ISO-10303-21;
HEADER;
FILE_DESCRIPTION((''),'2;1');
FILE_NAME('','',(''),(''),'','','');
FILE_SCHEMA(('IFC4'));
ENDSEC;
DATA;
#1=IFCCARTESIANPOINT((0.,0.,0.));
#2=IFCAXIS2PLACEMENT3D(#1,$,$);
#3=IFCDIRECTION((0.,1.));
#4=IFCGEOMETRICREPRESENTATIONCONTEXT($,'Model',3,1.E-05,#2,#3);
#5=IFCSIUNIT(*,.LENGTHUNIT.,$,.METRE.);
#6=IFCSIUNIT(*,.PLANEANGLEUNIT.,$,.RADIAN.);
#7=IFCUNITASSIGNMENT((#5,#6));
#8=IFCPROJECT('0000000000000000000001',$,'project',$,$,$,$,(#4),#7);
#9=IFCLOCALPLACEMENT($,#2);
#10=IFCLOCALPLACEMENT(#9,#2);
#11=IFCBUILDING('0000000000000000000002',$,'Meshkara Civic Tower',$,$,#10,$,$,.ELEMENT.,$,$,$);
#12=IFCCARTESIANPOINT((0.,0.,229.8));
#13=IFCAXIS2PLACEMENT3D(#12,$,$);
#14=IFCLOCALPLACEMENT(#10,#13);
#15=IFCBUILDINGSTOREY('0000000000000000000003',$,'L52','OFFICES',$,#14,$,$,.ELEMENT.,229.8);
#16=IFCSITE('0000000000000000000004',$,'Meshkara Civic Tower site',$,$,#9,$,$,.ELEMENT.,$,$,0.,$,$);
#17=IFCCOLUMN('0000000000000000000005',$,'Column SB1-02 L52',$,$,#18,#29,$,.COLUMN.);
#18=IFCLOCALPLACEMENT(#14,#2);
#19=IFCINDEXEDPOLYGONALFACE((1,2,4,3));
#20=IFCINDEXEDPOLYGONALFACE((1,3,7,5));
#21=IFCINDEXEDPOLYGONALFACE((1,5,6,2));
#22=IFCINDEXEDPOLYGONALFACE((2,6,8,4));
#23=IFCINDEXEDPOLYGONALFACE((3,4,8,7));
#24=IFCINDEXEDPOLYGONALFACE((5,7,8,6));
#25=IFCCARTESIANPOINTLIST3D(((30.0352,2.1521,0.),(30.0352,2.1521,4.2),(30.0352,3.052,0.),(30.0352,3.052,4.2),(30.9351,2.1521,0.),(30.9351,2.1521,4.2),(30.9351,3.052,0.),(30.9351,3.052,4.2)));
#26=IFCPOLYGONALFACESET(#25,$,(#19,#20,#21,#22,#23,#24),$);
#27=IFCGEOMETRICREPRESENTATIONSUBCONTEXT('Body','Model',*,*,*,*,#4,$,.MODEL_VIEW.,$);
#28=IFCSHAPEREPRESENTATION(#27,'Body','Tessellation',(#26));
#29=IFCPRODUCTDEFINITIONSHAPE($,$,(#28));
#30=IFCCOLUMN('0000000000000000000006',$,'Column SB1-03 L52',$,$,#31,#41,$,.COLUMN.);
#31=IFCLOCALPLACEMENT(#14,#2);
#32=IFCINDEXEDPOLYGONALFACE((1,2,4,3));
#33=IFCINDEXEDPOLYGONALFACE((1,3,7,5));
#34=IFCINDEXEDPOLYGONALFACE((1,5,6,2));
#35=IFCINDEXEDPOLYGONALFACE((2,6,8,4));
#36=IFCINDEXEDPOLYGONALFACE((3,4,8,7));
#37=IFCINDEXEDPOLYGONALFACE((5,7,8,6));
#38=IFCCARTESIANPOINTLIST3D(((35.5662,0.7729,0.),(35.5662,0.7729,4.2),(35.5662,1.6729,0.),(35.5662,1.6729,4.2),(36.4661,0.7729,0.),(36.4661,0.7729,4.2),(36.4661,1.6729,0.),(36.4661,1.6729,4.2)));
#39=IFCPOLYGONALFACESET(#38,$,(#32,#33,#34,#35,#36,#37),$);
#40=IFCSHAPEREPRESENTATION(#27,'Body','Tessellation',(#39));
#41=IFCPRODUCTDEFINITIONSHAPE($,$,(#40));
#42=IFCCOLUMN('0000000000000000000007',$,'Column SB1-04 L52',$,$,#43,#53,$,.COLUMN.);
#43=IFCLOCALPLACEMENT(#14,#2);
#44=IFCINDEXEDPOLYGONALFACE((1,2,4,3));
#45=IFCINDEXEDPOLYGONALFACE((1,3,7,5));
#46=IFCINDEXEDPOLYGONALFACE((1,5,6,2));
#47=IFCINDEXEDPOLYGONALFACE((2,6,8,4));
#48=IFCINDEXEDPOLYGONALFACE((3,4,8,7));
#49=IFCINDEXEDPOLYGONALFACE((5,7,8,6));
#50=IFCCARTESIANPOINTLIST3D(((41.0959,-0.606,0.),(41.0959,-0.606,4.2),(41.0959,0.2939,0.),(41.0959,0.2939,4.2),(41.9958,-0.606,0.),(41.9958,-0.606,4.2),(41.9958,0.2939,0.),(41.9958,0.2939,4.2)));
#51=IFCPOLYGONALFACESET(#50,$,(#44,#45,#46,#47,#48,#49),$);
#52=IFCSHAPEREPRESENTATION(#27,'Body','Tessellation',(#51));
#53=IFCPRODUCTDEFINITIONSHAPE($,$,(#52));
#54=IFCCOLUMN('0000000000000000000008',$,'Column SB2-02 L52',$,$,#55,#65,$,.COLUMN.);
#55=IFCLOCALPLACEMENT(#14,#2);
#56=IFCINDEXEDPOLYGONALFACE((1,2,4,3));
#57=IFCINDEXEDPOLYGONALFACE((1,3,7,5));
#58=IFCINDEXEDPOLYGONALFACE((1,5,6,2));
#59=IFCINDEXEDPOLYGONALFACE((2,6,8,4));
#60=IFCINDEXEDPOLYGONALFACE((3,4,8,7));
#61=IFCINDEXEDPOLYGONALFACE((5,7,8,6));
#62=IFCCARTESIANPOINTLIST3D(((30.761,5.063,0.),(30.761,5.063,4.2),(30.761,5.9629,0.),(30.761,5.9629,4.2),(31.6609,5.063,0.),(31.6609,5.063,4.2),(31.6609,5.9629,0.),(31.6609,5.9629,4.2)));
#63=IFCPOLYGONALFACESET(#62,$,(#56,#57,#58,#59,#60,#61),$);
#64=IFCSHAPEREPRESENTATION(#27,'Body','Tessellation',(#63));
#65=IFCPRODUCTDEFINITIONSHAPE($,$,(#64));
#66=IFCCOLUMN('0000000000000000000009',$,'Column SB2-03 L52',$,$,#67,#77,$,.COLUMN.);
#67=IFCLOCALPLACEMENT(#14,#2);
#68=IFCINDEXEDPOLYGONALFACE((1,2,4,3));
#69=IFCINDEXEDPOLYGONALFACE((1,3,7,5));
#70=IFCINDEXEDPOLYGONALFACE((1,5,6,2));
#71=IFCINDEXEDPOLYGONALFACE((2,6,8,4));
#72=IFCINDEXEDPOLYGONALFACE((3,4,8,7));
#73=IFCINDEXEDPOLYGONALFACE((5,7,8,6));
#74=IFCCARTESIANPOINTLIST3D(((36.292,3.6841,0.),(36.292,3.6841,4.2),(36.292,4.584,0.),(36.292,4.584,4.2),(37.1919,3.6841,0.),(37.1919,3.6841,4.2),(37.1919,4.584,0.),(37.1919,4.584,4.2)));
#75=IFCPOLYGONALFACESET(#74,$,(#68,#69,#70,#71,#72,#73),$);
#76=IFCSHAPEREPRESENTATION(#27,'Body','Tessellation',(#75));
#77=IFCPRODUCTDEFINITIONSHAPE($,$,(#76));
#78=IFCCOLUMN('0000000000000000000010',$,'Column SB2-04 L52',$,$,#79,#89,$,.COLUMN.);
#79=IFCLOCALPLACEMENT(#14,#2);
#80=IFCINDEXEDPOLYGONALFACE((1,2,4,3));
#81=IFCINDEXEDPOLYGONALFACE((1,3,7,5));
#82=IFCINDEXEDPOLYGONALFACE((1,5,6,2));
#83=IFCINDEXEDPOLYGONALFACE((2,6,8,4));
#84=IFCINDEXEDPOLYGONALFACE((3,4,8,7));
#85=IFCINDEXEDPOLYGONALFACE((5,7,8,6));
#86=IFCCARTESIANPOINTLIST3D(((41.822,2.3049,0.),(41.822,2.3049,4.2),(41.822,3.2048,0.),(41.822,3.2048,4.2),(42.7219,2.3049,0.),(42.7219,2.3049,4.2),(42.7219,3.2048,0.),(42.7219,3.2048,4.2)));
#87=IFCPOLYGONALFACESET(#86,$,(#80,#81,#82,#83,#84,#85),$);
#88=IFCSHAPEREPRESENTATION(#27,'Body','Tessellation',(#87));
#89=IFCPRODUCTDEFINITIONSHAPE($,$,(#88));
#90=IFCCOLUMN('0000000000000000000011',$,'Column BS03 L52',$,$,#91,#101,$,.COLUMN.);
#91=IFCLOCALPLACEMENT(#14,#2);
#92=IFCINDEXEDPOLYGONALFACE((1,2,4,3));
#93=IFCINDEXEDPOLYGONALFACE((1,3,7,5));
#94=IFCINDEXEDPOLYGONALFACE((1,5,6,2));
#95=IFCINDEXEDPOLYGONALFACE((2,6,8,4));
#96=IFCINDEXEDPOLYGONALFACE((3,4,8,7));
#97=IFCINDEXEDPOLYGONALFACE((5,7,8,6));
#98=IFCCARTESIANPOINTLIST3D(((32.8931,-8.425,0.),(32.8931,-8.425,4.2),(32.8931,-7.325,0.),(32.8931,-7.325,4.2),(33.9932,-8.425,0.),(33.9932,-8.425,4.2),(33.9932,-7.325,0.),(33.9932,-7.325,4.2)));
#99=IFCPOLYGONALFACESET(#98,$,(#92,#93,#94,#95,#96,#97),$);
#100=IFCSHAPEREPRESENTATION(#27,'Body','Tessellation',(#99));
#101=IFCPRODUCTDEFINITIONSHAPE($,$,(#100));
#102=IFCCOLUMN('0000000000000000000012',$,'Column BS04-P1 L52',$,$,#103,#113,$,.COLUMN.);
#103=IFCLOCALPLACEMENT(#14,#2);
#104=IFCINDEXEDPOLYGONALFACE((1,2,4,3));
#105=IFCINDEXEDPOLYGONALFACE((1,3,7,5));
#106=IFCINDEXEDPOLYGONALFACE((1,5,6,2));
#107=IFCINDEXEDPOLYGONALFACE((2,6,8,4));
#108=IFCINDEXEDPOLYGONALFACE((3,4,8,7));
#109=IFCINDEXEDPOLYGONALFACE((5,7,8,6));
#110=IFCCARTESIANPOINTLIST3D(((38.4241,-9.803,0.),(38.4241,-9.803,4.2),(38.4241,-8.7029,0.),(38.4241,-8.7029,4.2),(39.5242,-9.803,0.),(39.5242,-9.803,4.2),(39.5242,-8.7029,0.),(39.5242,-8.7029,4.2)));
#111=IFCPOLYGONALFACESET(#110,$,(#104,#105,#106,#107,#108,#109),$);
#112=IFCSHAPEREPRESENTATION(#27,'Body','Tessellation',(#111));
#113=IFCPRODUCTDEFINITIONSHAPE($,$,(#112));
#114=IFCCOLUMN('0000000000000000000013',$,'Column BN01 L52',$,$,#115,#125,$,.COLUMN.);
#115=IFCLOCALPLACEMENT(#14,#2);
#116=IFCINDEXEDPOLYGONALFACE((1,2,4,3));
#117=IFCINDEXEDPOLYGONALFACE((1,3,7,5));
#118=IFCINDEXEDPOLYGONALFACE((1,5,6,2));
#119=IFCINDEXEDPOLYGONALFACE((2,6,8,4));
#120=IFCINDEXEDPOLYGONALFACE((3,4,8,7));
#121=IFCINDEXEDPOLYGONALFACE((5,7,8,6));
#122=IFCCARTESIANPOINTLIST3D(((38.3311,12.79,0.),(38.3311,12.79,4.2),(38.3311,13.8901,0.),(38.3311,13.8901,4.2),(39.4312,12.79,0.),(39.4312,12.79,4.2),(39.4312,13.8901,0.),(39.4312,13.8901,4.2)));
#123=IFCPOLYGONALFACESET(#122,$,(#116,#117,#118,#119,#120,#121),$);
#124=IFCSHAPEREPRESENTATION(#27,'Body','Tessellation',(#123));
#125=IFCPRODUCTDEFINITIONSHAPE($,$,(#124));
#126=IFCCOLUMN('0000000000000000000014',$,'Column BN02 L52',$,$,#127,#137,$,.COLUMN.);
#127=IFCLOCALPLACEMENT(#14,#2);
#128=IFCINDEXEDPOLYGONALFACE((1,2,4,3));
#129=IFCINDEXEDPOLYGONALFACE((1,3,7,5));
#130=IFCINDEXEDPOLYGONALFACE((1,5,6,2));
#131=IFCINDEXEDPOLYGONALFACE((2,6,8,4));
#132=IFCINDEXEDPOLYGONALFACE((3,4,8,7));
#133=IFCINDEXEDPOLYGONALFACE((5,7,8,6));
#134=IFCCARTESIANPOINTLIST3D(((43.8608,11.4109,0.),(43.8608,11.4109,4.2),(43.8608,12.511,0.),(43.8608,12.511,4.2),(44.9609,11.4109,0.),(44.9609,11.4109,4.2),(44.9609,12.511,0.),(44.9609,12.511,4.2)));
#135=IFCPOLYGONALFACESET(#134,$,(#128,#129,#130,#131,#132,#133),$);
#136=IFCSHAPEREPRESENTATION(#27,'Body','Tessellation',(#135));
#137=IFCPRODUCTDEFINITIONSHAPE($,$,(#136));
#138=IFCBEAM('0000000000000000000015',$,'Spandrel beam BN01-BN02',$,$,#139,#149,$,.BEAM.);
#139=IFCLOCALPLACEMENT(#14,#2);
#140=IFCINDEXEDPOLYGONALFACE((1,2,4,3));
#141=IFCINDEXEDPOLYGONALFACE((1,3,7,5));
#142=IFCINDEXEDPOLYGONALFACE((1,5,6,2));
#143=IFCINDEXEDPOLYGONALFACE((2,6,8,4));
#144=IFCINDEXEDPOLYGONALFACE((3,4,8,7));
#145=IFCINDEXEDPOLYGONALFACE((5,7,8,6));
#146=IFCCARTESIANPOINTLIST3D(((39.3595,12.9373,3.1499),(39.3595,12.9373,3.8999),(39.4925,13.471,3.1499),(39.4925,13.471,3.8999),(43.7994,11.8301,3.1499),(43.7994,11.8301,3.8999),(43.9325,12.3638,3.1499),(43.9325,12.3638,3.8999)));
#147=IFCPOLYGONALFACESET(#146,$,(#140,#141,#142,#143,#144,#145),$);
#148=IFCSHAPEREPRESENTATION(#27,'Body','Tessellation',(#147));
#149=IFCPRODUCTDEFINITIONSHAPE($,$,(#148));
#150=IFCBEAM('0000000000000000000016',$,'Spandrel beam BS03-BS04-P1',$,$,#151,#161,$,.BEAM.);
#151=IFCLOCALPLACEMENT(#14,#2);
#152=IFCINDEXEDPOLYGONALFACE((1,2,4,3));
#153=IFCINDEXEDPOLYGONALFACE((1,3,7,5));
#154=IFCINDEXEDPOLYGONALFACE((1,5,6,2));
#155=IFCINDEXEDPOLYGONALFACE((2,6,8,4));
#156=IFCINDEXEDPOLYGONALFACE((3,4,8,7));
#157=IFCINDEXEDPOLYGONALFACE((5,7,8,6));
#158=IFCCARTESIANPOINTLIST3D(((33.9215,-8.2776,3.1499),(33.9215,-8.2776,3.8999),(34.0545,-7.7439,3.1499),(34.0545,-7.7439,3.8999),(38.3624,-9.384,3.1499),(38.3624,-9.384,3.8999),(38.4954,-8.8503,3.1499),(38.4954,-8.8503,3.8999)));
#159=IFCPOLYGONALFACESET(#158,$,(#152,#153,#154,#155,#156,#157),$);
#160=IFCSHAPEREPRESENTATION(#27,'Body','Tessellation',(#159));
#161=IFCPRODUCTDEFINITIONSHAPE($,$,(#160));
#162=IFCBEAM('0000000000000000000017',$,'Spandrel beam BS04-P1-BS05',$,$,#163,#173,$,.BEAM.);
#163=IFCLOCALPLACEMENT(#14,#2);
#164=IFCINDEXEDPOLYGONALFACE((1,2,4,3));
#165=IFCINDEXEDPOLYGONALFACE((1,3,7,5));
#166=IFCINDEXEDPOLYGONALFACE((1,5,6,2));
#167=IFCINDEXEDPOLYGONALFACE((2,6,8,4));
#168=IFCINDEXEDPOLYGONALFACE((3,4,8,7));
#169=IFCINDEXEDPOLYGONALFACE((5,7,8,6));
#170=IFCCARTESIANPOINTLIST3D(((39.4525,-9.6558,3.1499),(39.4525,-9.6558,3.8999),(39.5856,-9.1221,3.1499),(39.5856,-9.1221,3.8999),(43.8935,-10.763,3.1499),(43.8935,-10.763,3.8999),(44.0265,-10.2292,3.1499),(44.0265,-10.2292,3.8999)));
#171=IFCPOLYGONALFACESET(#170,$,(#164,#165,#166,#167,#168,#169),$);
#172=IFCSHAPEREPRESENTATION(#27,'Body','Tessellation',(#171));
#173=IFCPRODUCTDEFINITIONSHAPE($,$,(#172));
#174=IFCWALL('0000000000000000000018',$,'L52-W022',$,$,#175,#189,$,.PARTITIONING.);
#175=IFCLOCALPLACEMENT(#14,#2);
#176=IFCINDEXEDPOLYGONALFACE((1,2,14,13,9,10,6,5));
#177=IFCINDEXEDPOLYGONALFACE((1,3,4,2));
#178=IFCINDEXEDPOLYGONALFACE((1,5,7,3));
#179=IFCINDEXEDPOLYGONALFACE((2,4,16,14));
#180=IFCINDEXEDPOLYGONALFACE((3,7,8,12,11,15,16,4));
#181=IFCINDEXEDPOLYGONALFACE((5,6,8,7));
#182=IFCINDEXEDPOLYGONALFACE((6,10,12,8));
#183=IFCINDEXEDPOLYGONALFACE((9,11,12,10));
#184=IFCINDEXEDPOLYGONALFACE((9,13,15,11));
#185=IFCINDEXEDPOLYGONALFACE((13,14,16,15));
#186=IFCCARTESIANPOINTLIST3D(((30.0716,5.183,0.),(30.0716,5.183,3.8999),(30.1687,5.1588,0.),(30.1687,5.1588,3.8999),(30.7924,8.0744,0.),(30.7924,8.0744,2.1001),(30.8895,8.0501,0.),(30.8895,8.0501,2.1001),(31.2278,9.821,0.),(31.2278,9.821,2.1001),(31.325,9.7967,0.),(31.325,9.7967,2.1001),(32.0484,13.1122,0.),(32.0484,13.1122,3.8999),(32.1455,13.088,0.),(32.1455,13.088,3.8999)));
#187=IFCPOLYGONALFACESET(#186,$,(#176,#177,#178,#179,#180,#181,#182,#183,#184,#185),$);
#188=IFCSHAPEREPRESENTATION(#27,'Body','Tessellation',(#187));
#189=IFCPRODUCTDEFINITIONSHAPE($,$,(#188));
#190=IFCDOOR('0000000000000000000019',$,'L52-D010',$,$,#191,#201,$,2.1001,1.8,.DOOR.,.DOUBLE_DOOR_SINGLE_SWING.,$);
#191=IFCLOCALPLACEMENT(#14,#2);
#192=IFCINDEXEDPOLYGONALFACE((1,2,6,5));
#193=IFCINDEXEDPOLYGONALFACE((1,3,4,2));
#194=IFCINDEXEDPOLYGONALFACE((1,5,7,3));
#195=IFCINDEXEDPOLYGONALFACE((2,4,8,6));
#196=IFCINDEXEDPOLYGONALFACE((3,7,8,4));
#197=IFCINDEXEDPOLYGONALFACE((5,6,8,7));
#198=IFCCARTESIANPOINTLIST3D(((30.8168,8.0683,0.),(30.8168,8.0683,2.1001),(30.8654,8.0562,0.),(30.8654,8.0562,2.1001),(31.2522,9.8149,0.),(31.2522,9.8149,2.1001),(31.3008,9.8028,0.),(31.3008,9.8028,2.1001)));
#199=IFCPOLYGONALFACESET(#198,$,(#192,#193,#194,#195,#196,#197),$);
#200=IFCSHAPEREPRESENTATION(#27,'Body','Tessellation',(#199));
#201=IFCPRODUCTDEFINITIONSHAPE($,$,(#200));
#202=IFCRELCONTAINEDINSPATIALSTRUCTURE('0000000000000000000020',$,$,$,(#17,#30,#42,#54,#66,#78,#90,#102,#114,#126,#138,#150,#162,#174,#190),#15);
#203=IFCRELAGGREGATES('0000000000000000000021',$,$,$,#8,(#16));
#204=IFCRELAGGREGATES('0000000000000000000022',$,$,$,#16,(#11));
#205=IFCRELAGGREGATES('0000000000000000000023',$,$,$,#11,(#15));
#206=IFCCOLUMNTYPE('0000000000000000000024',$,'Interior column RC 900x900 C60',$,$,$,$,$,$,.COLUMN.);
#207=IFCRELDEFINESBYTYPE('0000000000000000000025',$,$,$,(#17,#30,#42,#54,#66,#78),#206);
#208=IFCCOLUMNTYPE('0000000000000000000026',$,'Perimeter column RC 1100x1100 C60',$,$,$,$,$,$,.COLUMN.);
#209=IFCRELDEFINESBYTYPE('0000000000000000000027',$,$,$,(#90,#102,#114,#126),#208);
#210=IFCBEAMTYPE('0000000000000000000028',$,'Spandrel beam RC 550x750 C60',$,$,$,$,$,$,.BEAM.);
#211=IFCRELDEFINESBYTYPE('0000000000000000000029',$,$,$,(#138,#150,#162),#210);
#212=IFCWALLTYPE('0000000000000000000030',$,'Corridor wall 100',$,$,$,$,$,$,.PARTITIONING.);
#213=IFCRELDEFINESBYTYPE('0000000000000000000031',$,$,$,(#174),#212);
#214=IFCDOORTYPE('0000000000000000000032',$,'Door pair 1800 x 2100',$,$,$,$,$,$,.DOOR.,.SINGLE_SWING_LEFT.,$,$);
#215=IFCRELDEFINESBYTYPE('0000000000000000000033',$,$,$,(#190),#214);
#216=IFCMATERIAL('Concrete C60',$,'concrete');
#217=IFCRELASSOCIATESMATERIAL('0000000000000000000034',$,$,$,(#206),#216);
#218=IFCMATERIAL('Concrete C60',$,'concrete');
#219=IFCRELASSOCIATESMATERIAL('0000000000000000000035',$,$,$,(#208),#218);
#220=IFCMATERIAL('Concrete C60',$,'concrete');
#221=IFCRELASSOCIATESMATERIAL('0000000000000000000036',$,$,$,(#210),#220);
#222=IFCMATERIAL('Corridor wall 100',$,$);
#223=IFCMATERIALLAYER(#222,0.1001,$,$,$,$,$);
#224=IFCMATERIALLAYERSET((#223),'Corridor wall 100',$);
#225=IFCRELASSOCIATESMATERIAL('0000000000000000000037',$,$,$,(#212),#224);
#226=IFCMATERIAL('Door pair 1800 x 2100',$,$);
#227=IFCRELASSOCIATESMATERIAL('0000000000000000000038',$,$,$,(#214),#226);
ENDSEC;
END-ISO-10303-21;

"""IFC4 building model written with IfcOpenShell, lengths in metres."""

from ifc_helpers import new_model, si_unit, direction, frame, frame_2d, origin, origin_2d, place, context, subcontext, project, spatial, rectangle, extrude, material, layer, layer_set, material_profile, profile_set, type_object, element, fill, save


model = new_model("IFC4")

# Units and contexts
model_context = context("Model", 3, precision=1e-05, world=origin(), true_north=direction((0.0, 1.0)))
body_context = subcontext(model_context, "Body", "Model", "MODEL_VIEW")
ifc_project = project(units=[si_unit("LENGTHUNIT", "METRE"), si_unit("PLANEANGLEUNIT", "RADIAN")], contexts=[model_context])

# Site, building, storey
site_placement = place(None, origin())
site = spatial("IfcSite", under=ifc_project, at=site_placement, Name="Meshkara Civic Tower site", CompositionType="ELEMENT", RefElevation=0.0)
building_placement = place(site_placement, origin())
building = spatial("IfcBuilding", under=site, at=building_placement, Name="Meshkara Civic Tower", CompositionType="ELEMENT")
storey_placement = place(building_placement, frame((0.0, 0.0, 229.8)))
storey = spatial("IfcBuildingStorey", under=building, at=storey_placement, Name="L52", Description="OFFICES", CompositionType="ELEMENT", Elevation=229.8)

# Columns
ifc_material_1 = material(Name="Concrete C60", Category="concrete")
ifc_material_profile_1 = material_profile(ifc_material_1, rectangle(XDim=0.8999, YDim=0.8999, at=origin_2d()))
ifc_profile_set_1 = profile_set([ifc_material_profile_1], Name="Concrete C60")
column_type_1 = type_object("IfcColumnType", Name="Interior column RC 900x900 C60", PredefinedType="COLUMN", material=ifc_profile_set_1)
for number, where, z_axis, x_axis, name in (
    (1, (30.4851, 2.6021, 0.0), (0.0, 0.0, 1.0), (1.0, 0.0, 0.0), "Column SB1-02 L52"),
    (2, (36.0161, 1.2229, 0.0), (0.0, 0.0, 1.0), (1.0, 0.0, 0.0), "Column SB1-03 L52"),
    (3, (41.5459, -0.156, 0.0), (0.0, 0.0, 1.0), (1.0, 0.0, 0.0), "Column SB1-04 L52"),
    (4, (31.2109, 5.5129, 0.0), (0.0, 0.0, 1.0), (1.0, 0.0, 0.0), "Column SB2-02 L52"),
    (5, (36.7419, 4.134, 0.0), (0.0, 0.0, 1.0), (1.0, 0.0, 0.0), "Column SB2-03 L52"),
    (6, (42.272, 2.7549, 0.0), (0.0, 0.0, 1.0), (1.0, 0.0, 0.0), "Column SB2-04 L52"),
):
    element("IfcColumn", number, at=place(storey_placement, frame(where, z_axis=z_axis, x_axis=x_axis)), inside=storey, type_object=column_type_1, Name=name, PredefinedType="COLUMN", context=body_context, shape_type="SweptSolid", body=[
        extrude(rectangle(XDim=0.8999, YDim=0.8999, at=origin_2d()), origin(), (0.0, 0.0, 1.0), 4.2),
    ])
ifc_material_2 = material(Name="Concrete C60", Category="concrete")
ifc_material_profile_2 = material_profile(ifc_material_2, rectangle(XDim=1.1001, YDim=1.1001, at=origin_2d()))
ifc_profile_set_2 = profile_set([ifc_material_profile_2], Name="Concrete C60")
column_type_2 = type_object("IfcColumnType", Name="Perimeter column RC 1100x1100 C60", PredefinedType="COLUMN", material=ifc_profile_set_2)
for number, where, z_axis, x_axis, name in (
    (7, (33.4431, -7.875, 0.0), (0.0, 0.0, 1.0), (1.0, 0.0, 0.0), "Column BS03 L52"),
    (8, (38.9741, -9.2529, 0.0), (0.0, 0.0, 1.0), (1.0, 0.0, 0.0), "Column BS04-P1 L52"),
    (9, (38.8811, 13.3401, 0.0), (0.0, 0.0, 1.0), (1.0, 0.0, 0.0), "Column BN01 L52"),
    (10, (44.4109, 11.9609, 0.0), (0.0, 0.0, 1.0), (1.0, 0.0, 0.0), "Column BN02 L52"),
):
    element("IfcColumn", number, at=place(storey_placement, frame(where, z_axis=z_axis, x_axis=x_axis)), inside=storey, type_object=column_type_2, Name=name, PredefinedType="COLUMN", context=body_context, shape_type="SweptSolid", body=[
        extrude(rectangle(XDim=1.1001, YDim=1.1001, at=origin_2d()), origin(), (0.0, 0.0, 1.0), 4.2),
    ])

# Beams
ifc_material_3 = material(Name="Concrete C60", Category="concrete")
ifc_material_profile_3 = material_profile(ifc_material_3, rectangle(XDim=0.55, YDim=0.75, at=origin_2d()))
ifc_profile_set_3 = profile_set([ifc_material_profile_3], Name="Concrete C60")
beam_type = type_object("IfcBeamType", Name="Spandrel beam RC 550x750 C60", PredefinedType="BEAM", material=ifc_profile_set_3)
beam_1_placement = place(storey_placement, frame((43.866, 12.0969, 3.5249), z_axis=(-0.970287, 0.241958, 0.0), x_axis=(-0.241958, -0.970287, 0.0)))
element("IfcBeam", 11, at=beam_1_placement, inside=storey, type_object=beam_type, Name="Spandrel beam BN01-BN02", PredefinedType="BEAM", context=body_context, shape_type="SweptSolid", body=[
    extrude(rectangle(XDim=0.55, YDim=0.75, at=origin_2d()), origin(), (0.0, 0.0, 1.0), 4.5759),
])
beam_2_placement = place(storey_placement, frame((33.988, -8.0107, 3.5249), z_axis=(0.970337, -0.241757, 0.0), x_axis=(0.241757, 0.970337, 0.0)))
element("IfcBeam", 12, at=beam_2_placement, inside=storey, type_object=beam_type, Name="Spandrel beam BS03-BS04-P1", PredefinedType="BEAM", context=body_context, shape_type="SweptSolid", body=[
    extrude(rectangle(XDim=0.55, YDim=0.75, at=origin_2d()), origin(), (0.0, 0.0, 1.0), 4.5767),
])
beam_3_placement = place(storey_placement, frame((39.519, -9.3889, 3.5249), z_axis=(0.970299, -0.241908, 0.0), x_axis=(0.241908, 0.970299, 0.0)))
element("IfcBeam", 13, at=beam_3_placement, inside=storey, type_object=beam_type, Name="Spandrel beam BS04-P1-BS05", PredefinedType="BEAM", context=body_context, shape_type="SweptSolid", body=[
    extrude(rectangle(XDim=0.55, YDim=0.75, at=origin_2d()), origin(), (0.0, 0.0, 1.0), 4.5769),
])

# Wall, opening, door
ifc_material_4 = material(Name="Corridor wall 100")
ifc_layer_1 = layer(ifc_material_4, 0.1001)
ifc_layer_set_1 = layer_set([ifc_layer_1], Name="Corridor wall 100")
wall_type_1 = type_object("IfcWallType", Name="Corridor wall 100", PredefinedType="PARTITIONING", material=ifc_layer_set_1)
wall_1_placement = place(storey_placement, frame((30.1201, 5.1709, 0.0), z_axis=(0.0, 0.0, 1.0), x_axis=(0.241903, 0.9703, 0.0)))
wall_1 = element("IfcWall", 14, at=wall_1_placement, inside=storey, type_object=wall_type_1, Name="L52-W022", PredefinedType="PARTITIONING", context=body_context, shape_type="SweptSolid", body=[
    extrude(rectangle(XDim=8.1719, YDim=0.1001, at=frame_2d((4.0859, 0.0))), origin(), (0.0, 0.0, 1.0), 3.8999),
])
opening_1_placement = place(wall_1_placement, frame((2.98, 0.0, 0.0)))
opening_1 = element("IfcOpeningElement", 15, at=opening_1_placement, cuts=wall_1, PredefinedType="OPENING", context=body_context, shape_type="SweptSolid", body=[
    extrude(rectangle(XDim=1.8, YDim=2.1001, at=frame_2d((0.8999, 1.05))), frame((0.0, 0.0601, 0.0), z_axis=(0.0, -1.0, 0.0), x_axis=(1.0, 0.0, 0.0)), (0.0, 0.0, 1.0), 0.1201),
])
ifc_material_5 = material(Name="Door pair 1800 x 2100")
door_type_1 = type_object("IfcDoorType", Name="Door pair 1800 x 2100", OperationType="SINGLE_SWING_LEFT", PredefinedType="DOOR", material=ifc_material_5)
door_1_placement = place(opening_1_placement, origin())
door_1 = element("IfcDoor", 16, at=door_1_placement, inside=storey, type_object=door_type_1, Name="L52-D010", OperationType="DOUBLE_DOOR_SINGLE_SWING", OverallHeight=2.1001, OverallWidth=1.8, PredefinedType="DOOR", context=body_context, shape_type="SweptSolid", body=[
    extrude(rectangle(XDim=1.8, YDim=2.1001, at=frame_2d((0.8999, 1.05))), frame((0.0, 0.0249, 0.0), z_axis=(0.0, -1.0, 0.0), x_axis=(1.0, 0.0, 0.0)), (0.0, 0.0, 1.0), 0.05),
])
fill(opening_1, door_1)

save(model, "model.ifc")
